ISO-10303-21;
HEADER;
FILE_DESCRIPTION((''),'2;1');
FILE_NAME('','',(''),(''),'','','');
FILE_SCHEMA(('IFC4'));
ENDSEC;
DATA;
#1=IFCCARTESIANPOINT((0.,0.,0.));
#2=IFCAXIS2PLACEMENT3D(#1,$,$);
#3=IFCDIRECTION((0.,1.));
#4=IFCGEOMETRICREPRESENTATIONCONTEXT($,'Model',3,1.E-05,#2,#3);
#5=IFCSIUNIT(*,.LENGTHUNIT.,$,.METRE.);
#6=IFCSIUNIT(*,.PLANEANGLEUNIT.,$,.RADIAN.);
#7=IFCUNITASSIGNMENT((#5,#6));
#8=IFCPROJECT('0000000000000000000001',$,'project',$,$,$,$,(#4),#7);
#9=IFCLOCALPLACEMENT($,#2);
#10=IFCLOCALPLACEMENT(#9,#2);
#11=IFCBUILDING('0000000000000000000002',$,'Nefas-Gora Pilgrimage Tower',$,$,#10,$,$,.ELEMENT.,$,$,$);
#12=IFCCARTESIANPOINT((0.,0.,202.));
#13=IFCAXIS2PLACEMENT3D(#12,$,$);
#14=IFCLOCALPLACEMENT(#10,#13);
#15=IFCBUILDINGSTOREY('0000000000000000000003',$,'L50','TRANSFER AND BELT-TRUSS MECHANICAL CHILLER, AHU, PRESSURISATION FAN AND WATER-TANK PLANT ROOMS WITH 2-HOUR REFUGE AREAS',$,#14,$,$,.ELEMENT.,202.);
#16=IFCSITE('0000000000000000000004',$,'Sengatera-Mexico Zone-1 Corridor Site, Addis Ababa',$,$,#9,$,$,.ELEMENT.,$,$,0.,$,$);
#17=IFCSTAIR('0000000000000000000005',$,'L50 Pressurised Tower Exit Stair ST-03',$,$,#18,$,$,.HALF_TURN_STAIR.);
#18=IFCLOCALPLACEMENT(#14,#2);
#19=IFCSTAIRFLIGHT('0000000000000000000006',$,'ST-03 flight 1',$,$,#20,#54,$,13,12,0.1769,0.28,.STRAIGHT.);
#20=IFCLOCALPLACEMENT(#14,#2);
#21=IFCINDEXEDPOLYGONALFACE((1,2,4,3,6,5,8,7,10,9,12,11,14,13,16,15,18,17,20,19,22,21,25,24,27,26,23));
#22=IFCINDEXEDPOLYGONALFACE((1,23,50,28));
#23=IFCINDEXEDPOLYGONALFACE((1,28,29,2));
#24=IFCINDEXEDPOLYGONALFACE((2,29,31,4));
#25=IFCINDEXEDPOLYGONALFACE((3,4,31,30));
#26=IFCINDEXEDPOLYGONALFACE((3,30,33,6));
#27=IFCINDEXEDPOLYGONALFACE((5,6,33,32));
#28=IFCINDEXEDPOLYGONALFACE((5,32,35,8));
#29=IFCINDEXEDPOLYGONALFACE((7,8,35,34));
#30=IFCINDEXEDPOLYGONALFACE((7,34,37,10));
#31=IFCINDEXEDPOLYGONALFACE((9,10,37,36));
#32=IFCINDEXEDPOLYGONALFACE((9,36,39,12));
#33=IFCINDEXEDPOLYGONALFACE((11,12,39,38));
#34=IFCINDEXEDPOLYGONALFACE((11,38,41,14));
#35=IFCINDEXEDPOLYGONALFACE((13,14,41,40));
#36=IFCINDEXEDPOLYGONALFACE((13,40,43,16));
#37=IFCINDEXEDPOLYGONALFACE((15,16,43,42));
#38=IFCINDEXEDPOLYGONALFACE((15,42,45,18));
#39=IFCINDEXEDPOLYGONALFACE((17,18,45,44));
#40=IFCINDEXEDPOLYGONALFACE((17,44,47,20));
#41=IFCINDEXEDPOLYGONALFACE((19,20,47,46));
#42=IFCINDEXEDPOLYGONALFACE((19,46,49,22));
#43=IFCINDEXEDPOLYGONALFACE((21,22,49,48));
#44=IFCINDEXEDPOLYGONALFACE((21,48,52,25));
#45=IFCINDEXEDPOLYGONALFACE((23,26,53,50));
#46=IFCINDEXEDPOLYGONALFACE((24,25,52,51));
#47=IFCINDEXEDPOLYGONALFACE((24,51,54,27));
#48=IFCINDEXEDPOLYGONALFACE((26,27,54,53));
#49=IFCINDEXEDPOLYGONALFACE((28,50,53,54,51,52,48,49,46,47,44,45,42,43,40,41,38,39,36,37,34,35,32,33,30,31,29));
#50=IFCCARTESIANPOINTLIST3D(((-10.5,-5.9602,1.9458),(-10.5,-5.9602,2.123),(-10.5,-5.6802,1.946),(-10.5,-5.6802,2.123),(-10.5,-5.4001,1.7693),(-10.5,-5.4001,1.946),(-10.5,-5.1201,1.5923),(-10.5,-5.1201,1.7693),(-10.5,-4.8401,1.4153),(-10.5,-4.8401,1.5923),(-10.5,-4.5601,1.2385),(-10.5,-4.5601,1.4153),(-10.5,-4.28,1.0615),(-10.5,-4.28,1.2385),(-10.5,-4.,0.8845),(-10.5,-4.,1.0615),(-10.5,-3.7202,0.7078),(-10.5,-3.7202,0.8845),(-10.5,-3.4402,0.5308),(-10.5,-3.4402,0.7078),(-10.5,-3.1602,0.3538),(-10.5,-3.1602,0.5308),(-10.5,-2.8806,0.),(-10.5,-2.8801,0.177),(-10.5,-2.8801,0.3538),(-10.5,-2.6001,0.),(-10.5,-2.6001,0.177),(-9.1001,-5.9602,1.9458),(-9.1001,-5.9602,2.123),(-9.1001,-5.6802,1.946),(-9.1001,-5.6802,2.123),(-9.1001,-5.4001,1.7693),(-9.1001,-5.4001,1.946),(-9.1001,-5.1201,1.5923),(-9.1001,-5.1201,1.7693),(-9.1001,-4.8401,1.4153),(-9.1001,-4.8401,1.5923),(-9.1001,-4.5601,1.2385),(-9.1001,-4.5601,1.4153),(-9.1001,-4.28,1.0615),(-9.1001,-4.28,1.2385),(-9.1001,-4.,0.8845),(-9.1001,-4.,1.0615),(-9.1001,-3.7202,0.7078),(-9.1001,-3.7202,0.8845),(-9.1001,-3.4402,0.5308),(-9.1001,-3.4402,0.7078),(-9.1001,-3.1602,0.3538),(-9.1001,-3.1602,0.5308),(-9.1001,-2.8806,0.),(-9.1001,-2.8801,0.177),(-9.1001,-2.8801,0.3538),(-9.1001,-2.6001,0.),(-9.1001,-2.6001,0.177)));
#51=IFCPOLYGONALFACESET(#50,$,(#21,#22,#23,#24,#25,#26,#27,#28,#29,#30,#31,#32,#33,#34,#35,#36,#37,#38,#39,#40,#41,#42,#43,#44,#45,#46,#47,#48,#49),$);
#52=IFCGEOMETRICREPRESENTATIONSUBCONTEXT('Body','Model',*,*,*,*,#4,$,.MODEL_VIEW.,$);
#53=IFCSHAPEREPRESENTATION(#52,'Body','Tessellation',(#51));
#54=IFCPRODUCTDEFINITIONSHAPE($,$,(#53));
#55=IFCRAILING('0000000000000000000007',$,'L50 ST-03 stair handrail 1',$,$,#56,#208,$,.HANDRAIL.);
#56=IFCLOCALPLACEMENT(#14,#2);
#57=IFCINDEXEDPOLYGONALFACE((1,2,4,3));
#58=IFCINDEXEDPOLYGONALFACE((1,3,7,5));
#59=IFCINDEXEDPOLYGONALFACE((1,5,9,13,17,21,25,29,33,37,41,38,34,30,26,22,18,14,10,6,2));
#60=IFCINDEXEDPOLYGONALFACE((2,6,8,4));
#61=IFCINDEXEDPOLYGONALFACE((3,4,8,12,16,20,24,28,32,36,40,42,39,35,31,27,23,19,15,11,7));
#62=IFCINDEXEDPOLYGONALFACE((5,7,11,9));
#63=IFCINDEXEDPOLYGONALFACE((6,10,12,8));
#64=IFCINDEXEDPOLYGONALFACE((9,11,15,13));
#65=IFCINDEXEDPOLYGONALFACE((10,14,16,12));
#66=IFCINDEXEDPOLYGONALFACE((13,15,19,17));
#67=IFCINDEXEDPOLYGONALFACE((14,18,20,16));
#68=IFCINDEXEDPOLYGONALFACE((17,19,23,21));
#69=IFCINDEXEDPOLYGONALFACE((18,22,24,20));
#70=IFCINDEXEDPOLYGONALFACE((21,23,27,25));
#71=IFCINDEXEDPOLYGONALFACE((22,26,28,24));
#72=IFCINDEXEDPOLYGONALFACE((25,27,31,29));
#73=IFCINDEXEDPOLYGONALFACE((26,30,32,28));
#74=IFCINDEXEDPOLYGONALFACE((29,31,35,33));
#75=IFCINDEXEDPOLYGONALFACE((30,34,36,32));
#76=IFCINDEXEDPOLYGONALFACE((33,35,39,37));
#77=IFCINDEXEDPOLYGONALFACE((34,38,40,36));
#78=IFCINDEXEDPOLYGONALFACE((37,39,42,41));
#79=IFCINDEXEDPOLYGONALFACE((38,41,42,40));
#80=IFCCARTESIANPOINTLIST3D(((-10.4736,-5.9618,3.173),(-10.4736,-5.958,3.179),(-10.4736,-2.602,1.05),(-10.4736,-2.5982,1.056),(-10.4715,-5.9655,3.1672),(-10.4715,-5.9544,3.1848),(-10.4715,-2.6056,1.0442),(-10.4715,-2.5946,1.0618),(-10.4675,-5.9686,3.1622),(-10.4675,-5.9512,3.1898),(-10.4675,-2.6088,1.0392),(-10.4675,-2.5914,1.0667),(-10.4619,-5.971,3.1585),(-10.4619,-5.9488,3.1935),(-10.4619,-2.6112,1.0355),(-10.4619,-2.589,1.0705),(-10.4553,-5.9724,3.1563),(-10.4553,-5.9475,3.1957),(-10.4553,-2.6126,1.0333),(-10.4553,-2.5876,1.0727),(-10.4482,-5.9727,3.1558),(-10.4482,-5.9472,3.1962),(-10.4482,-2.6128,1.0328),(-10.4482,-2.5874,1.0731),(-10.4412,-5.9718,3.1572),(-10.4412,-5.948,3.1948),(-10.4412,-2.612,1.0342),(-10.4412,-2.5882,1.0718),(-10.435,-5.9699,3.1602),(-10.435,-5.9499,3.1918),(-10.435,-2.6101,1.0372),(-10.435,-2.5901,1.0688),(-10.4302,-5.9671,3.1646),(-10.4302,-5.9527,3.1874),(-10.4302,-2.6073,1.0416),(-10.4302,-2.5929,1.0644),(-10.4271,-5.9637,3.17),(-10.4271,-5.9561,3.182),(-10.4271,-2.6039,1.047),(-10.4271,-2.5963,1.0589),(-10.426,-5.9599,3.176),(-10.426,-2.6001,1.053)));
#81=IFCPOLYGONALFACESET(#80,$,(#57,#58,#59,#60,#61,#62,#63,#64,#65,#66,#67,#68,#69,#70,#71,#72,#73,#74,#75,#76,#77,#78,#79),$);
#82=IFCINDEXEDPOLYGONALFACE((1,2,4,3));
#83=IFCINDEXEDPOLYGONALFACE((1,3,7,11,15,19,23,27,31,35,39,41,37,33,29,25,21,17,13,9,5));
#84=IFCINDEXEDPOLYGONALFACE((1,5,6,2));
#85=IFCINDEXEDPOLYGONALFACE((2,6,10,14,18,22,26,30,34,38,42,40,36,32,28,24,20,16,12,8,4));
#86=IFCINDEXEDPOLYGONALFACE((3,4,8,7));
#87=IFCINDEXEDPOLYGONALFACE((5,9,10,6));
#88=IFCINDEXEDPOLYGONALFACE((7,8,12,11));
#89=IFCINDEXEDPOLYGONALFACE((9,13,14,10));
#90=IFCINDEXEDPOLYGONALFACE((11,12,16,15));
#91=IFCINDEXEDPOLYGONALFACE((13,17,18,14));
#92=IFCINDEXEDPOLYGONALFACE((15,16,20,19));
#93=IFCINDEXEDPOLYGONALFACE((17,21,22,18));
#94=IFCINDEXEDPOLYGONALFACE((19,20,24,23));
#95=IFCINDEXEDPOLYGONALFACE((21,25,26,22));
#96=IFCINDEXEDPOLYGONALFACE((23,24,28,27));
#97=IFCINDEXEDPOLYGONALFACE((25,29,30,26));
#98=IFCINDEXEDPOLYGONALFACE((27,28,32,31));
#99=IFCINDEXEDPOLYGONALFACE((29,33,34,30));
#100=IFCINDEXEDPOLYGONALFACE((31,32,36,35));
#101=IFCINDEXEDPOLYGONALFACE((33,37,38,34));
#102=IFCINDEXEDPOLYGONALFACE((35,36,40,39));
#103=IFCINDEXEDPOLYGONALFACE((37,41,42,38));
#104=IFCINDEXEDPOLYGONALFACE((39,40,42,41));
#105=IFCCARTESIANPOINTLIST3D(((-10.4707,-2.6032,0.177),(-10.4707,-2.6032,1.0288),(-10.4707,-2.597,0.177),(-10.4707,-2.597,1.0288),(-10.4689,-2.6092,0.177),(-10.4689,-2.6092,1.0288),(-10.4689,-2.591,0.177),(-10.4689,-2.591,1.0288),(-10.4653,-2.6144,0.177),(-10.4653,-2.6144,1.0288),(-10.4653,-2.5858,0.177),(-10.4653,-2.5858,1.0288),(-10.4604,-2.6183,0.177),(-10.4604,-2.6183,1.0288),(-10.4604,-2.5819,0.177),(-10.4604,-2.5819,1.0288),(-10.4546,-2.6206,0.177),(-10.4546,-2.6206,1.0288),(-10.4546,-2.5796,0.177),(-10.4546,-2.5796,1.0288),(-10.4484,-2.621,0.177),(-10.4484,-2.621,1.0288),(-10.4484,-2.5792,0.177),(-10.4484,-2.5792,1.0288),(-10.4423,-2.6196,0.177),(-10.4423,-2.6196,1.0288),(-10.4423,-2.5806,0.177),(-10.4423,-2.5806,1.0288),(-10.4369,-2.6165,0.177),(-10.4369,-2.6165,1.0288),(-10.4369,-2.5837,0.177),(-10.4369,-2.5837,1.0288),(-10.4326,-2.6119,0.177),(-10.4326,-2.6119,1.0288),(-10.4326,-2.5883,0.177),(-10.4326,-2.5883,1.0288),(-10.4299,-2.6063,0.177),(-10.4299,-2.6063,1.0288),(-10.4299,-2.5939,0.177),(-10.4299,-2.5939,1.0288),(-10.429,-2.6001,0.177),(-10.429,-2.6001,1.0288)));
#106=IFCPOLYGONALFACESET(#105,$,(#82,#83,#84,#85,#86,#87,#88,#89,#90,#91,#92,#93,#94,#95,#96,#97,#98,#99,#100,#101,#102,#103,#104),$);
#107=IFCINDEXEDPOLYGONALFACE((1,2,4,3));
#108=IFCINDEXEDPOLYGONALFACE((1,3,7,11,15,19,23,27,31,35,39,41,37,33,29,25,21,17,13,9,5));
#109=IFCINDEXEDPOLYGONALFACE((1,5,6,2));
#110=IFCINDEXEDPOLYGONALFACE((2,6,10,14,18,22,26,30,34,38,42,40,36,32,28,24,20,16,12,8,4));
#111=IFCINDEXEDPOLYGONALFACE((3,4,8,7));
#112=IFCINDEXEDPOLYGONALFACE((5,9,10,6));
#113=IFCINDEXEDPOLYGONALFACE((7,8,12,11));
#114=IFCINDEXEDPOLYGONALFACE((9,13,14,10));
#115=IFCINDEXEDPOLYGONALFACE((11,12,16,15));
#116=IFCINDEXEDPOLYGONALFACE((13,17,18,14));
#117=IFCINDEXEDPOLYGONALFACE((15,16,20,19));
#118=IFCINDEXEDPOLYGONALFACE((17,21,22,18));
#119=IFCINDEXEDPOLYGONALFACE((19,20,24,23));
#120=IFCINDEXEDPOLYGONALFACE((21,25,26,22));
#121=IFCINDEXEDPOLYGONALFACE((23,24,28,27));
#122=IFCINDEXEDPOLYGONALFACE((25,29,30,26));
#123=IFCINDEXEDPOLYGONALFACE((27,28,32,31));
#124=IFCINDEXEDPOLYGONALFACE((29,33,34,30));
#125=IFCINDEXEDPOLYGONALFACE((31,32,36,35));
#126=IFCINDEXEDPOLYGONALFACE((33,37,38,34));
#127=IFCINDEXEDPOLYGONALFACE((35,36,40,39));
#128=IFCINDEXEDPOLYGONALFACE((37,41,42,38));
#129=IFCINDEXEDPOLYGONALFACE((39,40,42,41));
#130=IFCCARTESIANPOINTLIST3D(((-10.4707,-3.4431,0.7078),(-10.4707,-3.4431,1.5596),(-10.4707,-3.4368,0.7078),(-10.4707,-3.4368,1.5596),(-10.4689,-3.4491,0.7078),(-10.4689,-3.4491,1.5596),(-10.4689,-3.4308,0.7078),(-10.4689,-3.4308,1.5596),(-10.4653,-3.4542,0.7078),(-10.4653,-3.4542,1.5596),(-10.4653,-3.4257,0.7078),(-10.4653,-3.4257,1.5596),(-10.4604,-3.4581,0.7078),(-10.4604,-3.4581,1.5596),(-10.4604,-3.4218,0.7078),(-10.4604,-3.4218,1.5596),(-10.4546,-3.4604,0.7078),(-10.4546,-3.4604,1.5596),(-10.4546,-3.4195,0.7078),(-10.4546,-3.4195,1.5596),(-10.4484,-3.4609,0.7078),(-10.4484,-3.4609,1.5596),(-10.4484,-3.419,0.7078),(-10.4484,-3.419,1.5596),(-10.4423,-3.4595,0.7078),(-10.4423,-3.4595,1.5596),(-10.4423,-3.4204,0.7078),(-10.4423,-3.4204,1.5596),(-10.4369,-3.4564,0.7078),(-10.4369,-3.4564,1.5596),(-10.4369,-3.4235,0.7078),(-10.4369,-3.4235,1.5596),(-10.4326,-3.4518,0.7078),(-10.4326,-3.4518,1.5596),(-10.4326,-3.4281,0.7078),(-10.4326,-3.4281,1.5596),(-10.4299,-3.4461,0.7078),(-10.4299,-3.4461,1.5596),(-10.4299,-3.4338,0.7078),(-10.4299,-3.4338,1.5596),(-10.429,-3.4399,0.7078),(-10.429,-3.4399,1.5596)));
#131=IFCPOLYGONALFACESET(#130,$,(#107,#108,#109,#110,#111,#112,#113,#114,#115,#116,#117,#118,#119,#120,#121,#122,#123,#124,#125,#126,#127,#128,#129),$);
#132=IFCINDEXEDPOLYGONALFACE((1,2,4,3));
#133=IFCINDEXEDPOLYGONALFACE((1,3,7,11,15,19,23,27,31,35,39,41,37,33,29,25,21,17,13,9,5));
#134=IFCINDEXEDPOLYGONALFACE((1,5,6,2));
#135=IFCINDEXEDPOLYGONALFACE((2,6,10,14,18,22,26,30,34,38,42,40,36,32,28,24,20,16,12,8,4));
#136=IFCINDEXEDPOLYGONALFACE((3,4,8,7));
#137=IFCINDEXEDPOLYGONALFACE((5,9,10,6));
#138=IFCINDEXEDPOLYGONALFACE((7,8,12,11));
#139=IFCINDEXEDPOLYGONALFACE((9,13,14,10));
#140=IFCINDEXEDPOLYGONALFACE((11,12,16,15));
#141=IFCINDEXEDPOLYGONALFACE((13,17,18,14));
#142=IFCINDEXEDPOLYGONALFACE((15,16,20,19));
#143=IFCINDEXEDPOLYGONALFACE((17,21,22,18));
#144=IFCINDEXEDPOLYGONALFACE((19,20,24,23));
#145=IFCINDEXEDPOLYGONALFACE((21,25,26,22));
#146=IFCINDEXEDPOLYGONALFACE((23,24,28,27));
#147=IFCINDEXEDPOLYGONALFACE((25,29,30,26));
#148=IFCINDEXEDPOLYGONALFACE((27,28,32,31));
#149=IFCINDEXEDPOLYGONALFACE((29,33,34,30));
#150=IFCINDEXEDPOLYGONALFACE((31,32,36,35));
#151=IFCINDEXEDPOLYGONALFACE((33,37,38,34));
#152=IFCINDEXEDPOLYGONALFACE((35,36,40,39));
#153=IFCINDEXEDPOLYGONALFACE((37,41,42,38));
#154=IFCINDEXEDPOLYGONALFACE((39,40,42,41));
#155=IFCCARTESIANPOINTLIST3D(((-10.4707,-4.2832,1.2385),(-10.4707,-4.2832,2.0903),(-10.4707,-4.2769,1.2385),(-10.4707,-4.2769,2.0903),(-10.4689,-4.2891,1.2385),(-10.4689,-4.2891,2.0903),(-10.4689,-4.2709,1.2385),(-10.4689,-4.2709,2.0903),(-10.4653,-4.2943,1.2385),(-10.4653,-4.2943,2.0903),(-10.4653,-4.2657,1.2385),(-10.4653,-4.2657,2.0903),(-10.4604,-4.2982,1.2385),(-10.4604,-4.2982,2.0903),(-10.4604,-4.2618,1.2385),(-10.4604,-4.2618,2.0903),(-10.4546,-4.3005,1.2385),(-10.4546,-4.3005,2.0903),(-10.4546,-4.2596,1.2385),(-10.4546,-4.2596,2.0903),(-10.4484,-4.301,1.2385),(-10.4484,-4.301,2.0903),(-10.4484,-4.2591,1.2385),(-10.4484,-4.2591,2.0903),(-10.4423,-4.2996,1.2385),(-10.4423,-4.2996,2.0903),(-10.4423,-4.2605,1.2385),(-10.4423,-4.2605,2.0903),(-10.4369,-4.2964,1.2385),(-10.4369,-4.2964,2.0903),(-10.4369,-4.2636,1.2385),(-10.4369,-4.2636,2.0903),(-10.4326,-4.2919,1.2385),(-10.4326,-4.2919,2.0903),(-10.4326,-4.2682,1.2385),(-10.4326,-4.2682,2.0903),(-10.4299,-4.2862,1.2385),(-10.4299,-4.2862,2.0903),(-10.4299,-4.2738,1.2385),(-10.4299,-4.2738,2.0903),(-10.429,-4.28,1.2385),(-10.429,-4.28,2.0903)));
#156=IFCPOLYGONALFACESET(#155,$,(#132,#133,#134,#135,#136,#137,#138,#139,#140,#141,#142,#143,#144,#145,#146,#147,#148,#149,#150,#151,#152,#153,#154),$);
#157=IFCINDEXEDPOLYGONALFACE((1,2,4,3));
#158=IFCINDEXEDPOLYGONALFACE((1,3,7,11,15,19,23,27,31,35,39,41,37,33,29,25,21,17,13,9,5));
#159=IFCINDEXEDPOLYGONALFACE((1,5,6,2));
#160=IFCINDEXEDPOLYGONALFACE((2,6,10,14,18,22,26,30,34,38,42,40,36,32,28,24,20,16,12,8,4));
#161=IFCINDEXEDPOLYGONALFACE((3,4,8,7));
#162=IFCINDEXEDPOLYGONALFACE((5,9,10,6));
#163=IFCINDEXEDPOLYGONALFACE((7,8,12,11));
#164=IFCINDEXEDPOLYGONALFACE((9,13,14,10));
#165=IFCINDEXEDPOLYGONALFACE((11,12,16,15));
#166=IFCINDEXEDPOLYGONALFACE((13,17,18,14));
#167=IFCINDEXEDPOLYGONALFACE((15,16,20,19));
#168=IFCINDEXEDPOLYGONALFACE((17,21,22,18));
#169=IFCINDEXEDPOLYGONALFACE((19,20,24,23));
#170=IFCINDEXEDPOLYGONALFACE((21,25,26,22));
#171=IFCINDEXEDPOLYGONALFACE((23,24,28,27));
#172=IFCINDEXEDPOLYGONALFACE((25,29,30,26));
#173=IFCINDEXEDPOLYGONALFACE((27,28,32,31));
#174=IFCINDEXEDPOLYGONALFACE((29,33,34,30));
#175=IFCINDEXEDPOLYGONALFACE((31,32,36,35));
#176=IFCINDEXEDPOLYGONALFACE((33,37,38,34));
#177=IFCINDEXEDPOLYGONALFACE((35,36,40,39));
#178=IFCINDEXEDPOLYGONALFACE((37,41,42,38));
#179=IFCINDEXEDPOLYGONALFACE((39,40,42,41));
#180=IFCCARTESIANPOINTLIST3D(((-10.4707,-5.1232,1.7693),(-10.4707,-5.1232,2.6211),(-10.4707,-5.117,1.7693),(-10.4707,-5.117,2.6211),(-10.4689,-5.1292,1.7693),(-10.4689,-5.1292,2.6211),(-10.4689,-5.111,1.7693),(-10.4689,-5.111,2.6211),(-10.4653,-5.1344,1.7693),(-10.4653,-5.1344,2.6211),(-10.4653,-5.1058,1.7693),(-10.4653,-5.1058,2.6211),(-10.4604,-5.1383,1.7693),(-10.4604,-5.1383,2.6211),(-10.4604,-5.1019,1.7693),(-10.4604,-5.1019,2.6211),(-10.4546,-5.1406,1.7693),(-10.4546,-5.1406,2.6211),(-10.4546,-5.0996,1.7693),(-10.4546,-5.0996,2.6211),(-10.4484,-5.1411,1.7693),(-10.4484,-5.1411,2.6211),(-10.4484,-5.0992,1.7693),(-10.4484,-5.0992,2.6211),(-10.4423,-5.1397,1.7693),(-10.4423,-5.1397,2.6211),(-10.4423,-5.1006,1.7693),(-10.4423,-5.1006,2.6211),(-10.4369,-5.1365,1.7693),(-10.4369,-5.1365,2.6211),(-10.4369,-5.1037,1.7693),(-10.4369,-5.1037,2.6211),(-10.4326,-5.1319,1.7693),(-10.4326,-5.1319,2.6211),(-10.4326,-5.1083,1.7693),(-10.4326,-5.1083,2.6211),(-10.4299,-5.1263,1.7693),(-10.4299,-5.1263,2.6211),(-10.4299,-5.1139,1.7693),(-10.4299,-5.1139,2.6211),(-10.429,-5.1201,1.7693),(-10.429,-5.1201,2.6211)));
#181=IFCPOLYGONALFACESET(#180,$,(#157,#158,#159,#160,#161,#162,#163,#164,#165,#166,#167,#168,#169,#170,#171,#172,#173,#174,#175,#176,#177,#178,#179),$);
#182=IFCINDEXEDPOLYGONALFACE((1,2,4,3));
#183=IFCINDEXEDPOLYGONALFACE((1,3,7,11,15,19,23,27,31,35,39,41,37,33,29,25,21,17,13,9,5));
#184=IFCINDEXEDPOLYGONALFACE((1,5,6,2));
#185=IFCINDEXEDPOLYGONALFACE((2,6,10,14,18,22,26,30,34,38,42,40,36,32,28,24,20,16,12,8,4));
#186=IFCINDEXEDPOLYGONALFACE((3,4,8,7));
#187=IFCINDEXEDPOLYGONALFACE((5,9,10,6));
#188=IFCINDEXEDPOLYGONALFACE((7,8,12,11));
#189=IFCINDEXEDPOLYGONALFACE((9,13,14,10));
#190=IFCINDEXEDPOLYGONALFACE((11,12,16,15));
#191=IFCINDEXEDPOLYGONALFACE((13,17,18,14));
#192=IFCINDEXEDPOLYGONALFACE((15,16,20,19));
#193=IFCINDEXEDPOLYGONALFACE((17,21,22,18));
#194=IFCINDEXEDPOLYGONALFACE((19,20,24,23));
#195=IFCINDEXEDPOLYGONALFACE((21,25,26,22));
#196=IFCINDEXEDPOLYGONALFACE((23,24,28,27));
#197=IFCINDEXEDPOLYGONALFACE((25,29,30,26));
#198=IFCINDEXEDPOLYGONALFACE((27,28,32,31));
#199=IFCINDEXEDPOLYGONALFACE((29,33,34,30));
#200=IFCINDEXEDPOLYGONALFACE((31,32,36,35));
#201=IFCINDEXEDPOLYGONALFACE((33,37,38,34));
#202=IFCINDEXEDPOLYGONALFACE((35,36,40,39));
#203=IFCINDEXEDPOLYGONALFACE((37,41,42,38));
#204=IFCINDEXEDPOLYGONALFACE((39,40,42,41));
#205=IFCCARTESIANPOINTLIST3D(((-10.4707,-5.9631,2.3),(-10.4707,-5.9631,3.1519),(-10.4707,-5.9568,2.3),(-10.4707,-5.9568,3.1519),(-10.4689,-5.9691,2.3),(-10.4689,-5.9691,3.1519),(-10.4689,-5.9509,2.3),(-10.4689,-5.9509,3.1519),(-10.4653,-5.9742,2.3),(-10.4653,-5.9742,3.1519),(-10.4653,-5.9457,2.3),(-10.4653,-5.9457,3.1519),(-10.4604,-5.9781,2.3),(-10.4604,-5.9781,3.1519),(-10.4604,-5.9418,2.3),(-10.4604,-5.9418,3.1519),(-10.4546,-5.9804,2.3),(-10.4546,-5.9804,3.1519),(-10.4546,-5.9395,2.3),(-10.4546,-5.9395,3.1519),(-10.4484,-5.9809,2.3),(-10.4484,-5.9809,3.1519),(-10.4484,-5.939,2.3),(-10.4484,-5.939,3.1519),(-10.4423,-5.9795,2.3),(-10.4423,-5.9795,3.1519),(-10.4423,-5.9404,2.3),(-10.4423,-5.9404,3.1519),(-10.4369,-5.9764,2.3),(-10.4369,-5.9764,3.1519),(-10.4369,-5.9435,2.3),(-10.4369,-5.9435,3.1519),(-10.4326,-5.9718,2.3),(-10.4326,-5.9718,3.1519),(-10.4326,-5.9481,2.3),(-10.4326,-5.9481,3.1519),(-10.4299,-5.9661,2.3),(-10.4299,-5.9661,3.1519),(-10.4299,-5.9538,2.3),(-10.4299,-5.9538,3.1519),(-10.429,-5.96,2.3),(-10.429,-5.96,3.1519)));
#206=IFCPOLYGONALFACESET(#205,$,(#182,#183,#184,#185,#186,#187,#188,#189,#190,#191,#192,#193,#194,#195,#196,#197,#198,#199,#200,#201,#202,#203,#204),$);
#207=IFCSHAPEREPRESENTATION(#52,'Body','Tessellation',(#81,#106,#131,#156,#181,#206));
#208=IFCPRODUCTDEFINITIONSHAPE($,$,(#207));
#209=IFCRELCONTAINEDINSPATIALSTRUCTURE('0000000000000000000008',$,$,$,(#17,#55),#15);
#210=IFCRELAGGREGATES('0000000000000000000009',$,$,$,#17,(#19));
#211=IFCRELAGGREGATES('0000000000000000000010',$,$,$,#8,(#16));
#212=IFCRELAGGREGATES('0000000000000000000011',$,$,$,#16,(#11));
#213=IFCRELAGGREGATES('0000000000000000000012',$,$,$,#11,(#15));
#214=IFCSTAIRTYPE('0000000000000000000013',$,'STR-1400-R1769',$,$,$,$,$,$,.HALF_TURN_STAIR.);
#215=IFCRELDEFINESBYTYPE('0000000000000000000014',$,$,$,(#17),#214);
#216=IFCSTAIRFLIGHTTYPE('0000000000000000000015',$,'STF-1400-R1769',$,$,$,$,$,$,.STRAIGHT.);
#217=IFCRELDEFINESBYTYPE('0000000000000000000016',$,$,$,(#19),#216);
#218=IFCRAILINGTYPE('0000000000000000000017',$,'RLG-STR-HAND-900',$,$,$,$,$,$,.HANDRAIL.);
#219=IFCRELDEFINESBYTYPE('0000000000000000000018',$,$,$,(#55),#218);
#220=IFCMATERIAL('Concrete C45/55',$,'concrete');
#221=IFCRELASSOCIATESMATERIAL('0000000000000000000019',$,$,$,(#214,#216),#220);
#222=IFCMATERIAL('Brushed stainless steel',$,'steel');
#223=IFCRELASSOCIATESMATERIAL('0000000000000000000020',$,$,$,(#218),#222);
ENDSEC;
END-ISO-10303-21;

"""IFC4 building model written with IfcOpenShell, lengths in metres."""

from ifc_helpers import new_model, si_unit, direction, frame, origin, origin_2d, place, context, subcontext, project, spatial, polyline, circle, outline, extrude, source, transform, mapped, material, type_object, element, aggregate, save


model = new_model("IFC4")

# Units and contexts
model_context = context("Model", 3, precision=1e-05, world=origin(), true_north=direction((0.0, 1.0)))
body_context = subcontext(model_context, "Body", "Model", "MODEL_VIEW")
ifc_project = project(units=[si_unit("LENGTHUNIT", "METRE"), si_unit("PLANEANGLEUNIT", "RADIAN")], contexts=[model_context])

# Site, building, storey
site_placement = place(None, origin())
site = spatial("IfcSite", under=ifc_project, at=site_placement, Name="Sengatera-Mexico Zone-1 Corridor Site, Addis Ababa", CompositionType="ELEMENT", RefElevation=0.0)
building_placement = place(site_placement, origin())
building = spatial("IfcBuilding", under=site, at=building_placement, Name="Nefas-Gora Pilgrimage Tower", CompositionType="ELEMENT")
storey_placement = place(building_placement, frame((0.0, 0.0, 202.0)))
storey = spatial("IfcBuildingStorey", under=building, at=storey_placement, Name="L50", Description="TRANSFER AND BELT-TRUSS MECHANICAL CHILLER, AHU, PRESSURISATION FAN AND WATER-TANK PLANT ROOMS WITH 2-HOUR REFUGE AREAS", CompositionType="ELEMENT", Elevation=202.0)

# Shared definitions
ifc_material_1 = material(Name="Concrete C45/55", Category="concrete")

# Stair, stair flight
stair_type = type_object("IfcStairType", Name="STR-1400-R1769", PredefinedType="HALF_TURN_STAIR", material=ifc_material_1)
stair_placement = place(storey_placement, origin())
stair = element("IfcStair", 1, at=stair_placement, inside=storey, type_object=stair_type, Name="L50 Pressurised Tower Exit Stair ST-03", PredefinedType="HALF_TURN_STAIR")
stair_flight_type = type_object("IfcStairFlightType", Name="STF-1400-R1769", PredefinedType="STRAIGHT", material=ifc_material_1)
shared_shape_1 = source(origin(), body_context, "Body", "SweptSolid", [
    extrude(outline(polyline([(0.0, 0.0), (0.0, 0.177), (0.28, 0.177), (0.28, 0.3538), (0.5601, 0.3538), (0.5601, 0.5308), (0.8401, 0.5308), (0.8401, 0.7078), (1.1201, 0.7078), (1.1201, 0.8845), (1.3999, 0.8845), (1.3999, 1.0615), (1.6799, 1.0615), (1.6799, 1.2385), (1.96, 1.2385), (1.96, 1.4153), (2.24, 1.4153), (2.24, 1.5923), (2.52, 1.5923), (2.52, 1.7693), (2.8, 1.7693), (2.8, 1.946), (3.0801, 1.946), (3.0801, 2.123), (3.3601, 2.123), (3.3601, 2.3), (3.3601, 1.9458), (0.2805, 0.0), (0.0, 0.0)])), frame((0.0, 0.7, 0.0), z_axis=(0.0, -1.0, 0.0), x_axis=(1.0, 0.0, 0.0)), (0.0, 0.0, 1.0), 1.3999),
])
stair_flight_placement = place(storey_placement, frame((-9.8, -2.6001, 0.0), z_axis=(0.0, 0.0, 1.0), x_axis=(0.0, -1.0, 0.0)))
stair_flight = element("IfcStairFlight", 2, at=stair_flight_placement, type_object=stair_flight_type, Name="ST-03 flight 1", NumberOfRisers=13, NumberOfTreads=12, PredefinedType="STRAIGHT", RiserHeight=0.1769, TreadLength=0.28, context=body_context, shape_type="MappedRepresentation", body=[
    mapped(shared_shape_1, transform((0.0, 0.0, 0.0), x_axis=(1.0, 0.0, 0.0), y_axis=(0.0, 1.0, 0.0), z_axis=(0.0, 0.0, 1.0), scale=1.0)),
])
aggregate(stair, [stair_flight])

# Railing
ifc_material_2 = material(Name="Brushed stainless steel", Category="steel")
railing_type = type_object("IfcRailingType", Name="RLG-STR-HAND-900", PredefinedType="HANDRAIL", material=ifc_material_2)
railing_placement = place(storey_placement, frame((-10.45, -2.6001, 0.177)))
element("IfcRailing", 3, at=railing_placement, inside=storey, type_object=railing_type, Name="L50 ST-03 stair handrail 1", PredefinedType="HANDRAIL", context=body_context, shape_type="SweptSolid", body=[
    extrude(circle(Radius=0.0239, at=origin_2d()), frame((0.0, 0.0, 0.876), z_axis=(0.0, -0.845372, 0.534178), x_axis=(1.0, 0.0, 0.0)), (0.0, 0.0, 1.0), 3.9744),
    extrude(circle(Radius=0.021, at=origin_2d()), origin(), (0.0, 0.0, 1.0), 0.8518),
    extrude(circle(Radius=0.021, at=origin_2d()), frame((0.0, -0.8398, 0.5308)), (0.0, 0.0, 1.0), 0.8518),
    extrude(circle(Radius=0.021, at=origin_2d()), frame((0.0, -1.6799, 1.0615)), (0.0, 0.0, 1.0), 0.8518),
    extrude(circle(Radius=0.021, at=origin_2d()), frame((0.0, -2.52, 1.5923)), (0.0, 0.0, 1.0), 0.8518),
    extrude(circle(Radius=0.021, at=origin_2d()), frame((0.0, -3.3599, 2.123)), (0.0, 0.0, 1.0), 0.8518),
])

save(model, "model.ifc")
